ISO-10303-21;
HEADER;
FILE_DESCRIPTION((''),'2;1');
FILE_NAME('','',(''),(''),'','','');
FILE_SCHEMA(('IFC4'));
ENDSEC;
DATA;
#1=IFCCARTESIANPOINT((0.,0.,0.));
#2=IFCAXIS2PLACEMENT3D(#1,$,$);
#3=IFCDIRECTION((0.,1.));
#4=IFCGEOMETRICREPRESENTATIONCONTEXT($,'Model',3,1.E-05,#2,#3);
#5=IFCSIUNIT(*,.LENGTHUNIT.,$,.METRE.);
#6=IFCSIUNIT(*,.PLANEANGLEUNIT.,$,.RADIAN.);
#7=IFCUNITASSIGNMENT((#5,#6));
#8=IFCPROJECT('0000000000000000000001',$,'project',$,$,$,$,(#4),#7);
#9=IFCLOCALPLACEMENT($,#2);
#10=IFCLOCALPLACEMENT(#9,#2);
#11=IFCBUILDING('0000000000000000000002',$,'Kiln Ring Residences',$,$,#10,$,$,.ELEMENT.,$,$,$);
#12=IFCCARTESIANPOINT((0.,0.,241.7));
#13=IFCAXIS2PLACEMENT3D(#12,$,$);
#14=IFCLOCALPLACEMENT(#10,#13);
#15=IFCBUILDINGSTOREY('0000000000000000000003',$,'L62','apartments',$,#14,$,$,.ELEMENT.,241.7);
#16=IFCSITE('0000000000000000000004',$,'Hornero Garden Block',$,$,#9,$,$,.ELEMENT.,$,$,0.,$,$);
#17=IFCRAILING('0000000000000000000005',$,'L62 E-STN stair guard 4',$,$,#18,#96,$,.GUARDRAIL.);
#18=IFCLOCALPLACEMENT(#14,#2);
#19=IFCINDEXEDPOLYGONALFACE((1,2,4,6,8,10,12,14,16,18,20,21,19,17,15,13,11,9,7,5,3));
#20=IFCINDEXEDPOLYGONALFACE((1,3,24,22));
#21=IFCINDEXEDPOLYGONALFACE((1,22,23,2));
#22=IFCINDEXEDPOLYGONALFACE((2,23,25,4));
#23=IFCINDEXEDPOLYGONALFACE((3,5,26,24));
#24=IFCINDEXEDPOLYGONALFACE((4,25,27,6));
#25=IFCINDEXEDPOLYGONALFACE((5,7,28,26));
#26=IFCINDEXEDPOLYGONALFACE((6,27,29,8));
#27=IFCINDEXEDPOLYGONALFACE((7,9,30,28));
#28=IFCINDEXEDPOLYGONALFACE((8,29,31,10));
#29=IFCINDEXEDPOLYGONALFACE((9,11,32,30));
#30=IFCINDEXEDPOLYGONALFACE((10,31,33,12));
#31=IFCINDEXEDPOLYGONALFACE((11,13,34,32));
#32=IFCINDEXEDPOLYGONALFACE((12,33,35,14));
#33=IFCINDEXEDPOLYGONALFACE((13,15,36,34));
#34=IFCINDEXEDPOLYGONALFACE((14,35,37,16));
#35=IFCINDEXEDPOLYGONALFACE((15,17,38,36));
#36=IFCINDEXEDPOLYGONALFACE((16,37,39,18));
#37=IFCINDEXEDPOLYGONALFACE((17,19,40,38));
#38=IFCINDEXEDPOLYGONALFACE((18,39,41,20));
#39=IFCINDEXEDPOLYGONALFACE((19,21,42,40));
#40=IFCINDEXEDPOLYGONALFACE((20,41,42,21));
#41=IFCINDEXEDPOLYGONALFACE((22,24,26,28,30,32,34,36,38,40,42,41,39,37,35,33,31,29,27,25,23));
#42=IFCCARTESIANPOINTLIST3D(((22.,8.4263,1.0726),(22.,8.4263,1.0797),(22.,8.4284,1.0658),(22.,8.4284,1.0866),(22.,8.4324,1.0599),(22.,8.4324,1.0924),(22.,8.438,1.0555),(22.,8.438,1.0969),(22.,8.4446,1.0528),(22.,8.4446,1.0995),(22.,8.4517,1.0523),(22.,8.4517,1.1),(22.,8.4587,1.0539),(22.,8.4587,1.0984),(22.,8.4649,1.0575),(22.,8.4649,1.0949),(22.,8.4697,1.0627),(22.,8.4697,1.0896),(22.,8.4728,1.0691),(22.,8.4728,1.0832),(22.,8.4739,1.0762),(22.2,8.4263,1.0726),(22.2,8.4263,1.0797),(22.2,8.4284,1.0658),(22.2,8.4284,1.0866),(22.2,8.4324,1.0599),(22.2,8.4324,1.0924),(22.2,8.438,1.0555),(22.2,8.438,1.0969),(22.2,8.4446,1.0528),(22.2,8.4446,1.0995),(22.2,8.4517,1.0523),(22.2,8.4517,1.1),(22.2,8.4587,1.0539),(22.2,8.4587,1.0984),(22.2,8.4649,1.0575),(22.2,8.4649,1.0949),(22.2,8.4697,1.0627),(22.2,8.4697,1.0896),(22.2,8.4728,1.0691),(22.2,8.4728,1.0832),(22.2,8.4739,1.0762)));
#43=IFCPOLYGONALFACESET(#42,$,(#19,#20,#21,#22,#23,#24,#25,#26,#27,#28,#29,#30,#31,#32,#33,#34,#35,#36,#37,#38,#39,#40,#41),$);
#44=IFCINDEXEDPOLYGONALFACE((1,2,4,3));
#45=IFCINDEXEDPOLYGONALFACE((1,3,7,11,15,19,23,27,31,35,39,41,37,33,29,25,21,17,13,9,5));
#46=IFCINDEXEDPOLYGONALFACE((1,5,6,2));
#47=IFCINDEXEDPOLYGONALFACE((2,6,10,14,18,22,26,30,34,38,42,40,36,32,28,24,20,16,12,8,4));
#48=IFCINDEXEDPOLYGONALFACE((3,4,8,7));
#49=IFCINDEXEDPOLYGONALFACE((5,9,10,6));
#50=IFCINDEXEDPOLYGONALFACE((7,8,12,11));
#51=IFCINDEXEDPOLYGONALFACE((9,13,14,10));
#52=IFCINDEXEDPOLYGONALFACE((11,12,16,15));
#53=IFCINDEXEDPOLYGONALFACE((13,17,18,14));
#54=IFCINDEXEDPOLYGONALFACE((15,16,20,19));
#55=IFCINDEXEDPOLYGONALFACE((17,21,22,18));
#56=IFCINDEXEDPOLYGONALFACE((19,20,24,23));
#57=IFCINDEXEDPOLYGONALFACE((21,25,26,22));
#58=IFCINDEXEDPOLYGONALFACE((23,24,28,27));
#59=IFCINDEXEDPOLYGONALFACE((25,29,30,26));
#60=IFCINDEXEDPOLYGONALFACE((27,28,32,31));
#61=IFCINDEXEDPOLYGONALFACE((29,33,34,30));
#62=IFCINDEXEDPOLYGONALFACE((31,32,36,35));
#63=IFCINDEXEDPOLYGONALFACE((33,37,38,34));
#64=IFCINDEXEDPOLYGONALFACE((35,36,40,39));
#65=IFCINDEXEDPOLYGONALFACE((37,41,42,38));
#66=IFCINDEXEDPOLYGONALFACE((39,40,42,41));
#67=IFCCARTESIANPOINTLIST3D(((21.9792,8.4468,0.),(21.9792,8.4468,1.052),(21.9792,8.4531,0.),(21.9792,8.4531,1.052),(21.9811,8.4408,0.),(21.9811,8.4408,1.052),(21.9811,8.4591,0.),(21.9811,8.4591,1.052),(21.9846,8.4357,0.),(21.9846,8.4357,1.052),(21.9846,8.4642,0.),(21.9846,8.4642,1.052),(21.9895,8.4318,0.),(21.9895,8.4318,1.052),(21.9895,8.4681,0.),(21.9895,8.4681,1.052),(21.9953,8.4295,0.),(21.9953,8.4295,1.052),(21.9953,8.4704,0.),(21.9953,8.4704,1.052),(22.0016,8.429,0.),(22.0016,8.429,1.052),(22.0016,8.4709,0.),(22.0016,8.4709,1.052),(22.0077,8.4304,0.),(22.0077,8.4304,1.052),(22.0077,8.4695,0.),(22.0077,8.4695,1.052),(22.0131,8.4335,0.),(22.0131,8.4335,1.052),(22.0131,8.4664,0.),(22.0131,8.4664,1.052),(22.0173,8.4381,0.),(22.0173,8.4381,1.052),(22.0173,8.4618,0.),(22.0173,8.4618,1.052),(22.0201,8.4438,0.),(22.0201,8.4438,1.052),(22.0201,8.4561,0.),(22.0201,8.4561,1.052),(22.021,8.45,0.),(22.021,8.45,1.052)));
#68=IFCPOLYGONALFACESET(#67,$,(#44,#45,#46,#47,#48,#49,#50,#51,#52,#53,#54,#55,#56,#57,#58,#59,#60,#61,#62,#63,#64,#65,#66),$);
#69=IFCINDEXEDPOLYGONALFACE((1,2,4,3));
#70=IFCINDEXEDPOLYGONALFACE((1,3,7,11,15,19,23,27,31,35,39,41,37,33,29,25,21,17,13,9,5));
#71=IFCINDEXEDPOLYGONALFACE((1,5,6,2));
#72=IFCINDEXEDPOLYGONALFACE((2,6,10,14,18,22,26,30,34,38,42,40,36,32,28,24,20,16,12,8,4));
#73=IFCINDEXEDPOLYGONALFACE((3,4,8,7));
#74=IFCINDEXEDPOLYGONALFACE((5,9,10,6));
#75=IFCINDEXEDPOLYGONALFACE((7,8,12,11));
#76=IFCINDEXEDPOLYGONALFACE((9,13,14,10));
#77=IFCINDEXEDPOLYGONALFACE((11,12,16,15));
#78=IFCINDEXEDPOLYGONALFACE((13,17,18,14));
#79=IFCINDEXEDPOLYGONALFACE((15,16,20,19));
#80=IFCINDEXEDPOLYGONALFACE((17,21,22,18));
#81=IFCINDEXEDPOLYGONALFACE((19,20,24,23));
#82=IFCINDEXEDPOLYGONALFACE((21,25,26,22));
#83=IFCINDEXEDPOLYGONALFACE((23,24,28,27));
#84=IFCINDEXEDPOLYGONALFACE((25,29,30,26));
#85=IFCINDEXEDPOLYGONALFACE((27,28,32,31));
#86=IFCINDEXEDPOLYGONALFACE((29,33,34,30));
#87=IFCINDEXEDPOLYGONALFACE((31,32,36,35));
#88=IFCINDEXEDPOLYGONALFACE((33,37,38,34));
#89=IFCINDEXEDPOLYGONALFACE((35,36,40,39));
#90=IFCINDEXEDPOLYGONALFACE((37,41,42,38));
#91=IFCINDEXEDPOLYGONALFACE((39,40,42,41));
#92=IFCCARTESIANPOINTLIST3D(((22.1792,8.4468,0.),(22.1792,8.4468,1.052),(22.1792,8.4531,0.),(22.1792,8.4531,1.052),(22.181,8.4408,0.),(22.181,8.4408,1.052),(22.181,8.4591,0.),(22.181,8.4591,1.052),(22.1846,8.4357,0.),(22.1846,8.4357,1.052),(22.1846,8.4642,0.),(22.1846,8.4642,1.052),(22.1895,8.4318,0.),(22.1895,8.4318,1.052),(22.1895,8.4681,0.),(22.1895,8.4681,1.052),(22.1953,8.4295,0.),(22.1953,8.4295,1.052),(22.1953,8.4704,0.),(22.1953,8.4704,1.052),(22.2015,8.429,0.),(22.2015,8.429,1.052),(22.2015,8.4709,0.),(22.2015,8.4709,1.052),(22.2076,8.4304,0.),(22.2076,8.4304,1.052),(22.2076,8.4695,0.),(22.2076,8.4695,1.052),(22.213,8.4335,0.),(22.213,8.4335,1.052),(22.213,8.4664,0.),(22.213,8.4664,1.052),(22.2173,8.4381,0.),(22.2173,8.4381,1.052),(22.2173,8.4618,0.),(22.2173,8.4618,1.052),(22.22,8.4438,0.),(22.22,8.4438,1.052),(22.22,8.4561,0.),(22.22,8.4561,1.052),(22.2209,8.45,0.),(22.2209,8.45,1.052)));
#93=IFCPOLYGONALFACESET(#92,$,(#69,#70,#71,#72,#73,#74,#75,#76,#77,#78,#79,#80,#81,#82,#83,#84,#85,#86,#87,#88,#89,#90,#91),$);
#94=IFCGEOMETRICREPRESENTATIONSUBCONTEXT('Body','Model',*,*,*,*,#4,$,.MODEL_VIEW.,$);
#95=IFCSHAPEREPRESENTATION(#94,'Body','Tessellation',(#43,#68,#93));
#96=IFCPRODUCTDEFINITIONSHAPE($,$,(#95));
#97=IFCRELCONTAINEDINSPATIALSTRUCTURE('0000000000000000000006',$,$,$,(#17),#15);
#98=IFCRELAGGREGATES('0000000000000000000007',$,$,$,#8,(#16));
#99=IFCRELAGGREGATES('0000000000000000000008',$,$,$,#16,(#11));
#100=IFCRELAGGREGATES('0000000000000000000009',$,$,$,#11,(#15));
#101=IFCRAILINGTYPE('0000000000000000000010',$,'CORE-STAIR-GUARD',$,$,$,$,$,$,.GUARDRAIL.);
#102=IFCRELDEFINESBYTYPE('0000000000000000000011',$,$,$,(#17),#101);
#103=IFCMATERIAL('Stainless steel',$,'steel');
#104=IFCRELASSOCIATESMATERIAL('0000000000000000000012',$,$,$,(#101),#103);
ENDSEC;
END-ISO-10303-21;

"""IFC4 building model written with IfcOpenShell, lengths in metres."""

from ifc_helpers import new_model, si_unit, direction, frame, origin, origin_2d, place, context, subcontext, project, spatial, circle, extrude, material, type_object, element, save


model = new_model("IFC4")

# Units and contexts
model_context = context("Model", 3, precision=1e-05, world=origin(), true_north=direction((0.0, 1.0)))
body_context = subcontext(model_context, "Body", "Model", "MODEL_VIEW")
ifc_project = project(units=[si_unit("LENGTHUNIT", "METRE"), si_unit("PLANEANGLEUNIT", "RADIAN")], contexts=[model_context])

# Site, building, storey
site_placement = place(None, origin())
site = spatial("IfcSite", under=ifc_project, at=site_placement, Name="Hornero Garden Block", CompositionType="ELEMENT", RefElevation=0.0)
building_placement = place(site_placement, origin())
building = spatial("IfcBuilding", under=site, at=building_placement, Name="Kiln Ring Residences", CompositionType="ELEMENT")
storey_placement = place(building_placement, frame((0.0, 0.0, 241.7)))
storey = spatial("IfcBuildingStorey", under=building, at=storey_placement, Name="L62", Description="apartments", CompositionType="ELEMENT", Elevation=241.7)

# Railing
ifc_material_1 = material(Name="Stainless steel", Category="steel")
railing_type_1 = type_object("IfcRailingType", Name="CORE-STAIR-GUARD", PredefinedType="GUARDRAIL", material=ifc_material_1)
railing_1_placement = place(storey_placement, frame((22.0, 8.45, 0.0)))
element("IfcRailing", 1, at=railing_1_placement, inside=storey, type_object=railing_type_1, Name="L62 E-STN stair guard 4", PredefinedType="GUARDRAIL", context=body_context, shape_type="SweptSolid", body=[
    extrude(circle(Radius=0.0239, at=origin_2d()), frame((0.0, 0.0, 1.0762), z_axis=(1.0, 0.0, 0.0), x_axis=(0.0, 1.0, 0.0)), (0.0, 0.0, 1.0), 0.2),
    extrude(circle(Radius=0.021, at=origin_2d()), origin(), (0.0, 0.0, 1.0), 1.052),
    extrude(circle(Radius=0.021, at=origin_2d()), frame((0.2, 0.0, 0.0)), (0.0, 0.0, 1.0), 1.052),
])

save(model, "model.ifc")
